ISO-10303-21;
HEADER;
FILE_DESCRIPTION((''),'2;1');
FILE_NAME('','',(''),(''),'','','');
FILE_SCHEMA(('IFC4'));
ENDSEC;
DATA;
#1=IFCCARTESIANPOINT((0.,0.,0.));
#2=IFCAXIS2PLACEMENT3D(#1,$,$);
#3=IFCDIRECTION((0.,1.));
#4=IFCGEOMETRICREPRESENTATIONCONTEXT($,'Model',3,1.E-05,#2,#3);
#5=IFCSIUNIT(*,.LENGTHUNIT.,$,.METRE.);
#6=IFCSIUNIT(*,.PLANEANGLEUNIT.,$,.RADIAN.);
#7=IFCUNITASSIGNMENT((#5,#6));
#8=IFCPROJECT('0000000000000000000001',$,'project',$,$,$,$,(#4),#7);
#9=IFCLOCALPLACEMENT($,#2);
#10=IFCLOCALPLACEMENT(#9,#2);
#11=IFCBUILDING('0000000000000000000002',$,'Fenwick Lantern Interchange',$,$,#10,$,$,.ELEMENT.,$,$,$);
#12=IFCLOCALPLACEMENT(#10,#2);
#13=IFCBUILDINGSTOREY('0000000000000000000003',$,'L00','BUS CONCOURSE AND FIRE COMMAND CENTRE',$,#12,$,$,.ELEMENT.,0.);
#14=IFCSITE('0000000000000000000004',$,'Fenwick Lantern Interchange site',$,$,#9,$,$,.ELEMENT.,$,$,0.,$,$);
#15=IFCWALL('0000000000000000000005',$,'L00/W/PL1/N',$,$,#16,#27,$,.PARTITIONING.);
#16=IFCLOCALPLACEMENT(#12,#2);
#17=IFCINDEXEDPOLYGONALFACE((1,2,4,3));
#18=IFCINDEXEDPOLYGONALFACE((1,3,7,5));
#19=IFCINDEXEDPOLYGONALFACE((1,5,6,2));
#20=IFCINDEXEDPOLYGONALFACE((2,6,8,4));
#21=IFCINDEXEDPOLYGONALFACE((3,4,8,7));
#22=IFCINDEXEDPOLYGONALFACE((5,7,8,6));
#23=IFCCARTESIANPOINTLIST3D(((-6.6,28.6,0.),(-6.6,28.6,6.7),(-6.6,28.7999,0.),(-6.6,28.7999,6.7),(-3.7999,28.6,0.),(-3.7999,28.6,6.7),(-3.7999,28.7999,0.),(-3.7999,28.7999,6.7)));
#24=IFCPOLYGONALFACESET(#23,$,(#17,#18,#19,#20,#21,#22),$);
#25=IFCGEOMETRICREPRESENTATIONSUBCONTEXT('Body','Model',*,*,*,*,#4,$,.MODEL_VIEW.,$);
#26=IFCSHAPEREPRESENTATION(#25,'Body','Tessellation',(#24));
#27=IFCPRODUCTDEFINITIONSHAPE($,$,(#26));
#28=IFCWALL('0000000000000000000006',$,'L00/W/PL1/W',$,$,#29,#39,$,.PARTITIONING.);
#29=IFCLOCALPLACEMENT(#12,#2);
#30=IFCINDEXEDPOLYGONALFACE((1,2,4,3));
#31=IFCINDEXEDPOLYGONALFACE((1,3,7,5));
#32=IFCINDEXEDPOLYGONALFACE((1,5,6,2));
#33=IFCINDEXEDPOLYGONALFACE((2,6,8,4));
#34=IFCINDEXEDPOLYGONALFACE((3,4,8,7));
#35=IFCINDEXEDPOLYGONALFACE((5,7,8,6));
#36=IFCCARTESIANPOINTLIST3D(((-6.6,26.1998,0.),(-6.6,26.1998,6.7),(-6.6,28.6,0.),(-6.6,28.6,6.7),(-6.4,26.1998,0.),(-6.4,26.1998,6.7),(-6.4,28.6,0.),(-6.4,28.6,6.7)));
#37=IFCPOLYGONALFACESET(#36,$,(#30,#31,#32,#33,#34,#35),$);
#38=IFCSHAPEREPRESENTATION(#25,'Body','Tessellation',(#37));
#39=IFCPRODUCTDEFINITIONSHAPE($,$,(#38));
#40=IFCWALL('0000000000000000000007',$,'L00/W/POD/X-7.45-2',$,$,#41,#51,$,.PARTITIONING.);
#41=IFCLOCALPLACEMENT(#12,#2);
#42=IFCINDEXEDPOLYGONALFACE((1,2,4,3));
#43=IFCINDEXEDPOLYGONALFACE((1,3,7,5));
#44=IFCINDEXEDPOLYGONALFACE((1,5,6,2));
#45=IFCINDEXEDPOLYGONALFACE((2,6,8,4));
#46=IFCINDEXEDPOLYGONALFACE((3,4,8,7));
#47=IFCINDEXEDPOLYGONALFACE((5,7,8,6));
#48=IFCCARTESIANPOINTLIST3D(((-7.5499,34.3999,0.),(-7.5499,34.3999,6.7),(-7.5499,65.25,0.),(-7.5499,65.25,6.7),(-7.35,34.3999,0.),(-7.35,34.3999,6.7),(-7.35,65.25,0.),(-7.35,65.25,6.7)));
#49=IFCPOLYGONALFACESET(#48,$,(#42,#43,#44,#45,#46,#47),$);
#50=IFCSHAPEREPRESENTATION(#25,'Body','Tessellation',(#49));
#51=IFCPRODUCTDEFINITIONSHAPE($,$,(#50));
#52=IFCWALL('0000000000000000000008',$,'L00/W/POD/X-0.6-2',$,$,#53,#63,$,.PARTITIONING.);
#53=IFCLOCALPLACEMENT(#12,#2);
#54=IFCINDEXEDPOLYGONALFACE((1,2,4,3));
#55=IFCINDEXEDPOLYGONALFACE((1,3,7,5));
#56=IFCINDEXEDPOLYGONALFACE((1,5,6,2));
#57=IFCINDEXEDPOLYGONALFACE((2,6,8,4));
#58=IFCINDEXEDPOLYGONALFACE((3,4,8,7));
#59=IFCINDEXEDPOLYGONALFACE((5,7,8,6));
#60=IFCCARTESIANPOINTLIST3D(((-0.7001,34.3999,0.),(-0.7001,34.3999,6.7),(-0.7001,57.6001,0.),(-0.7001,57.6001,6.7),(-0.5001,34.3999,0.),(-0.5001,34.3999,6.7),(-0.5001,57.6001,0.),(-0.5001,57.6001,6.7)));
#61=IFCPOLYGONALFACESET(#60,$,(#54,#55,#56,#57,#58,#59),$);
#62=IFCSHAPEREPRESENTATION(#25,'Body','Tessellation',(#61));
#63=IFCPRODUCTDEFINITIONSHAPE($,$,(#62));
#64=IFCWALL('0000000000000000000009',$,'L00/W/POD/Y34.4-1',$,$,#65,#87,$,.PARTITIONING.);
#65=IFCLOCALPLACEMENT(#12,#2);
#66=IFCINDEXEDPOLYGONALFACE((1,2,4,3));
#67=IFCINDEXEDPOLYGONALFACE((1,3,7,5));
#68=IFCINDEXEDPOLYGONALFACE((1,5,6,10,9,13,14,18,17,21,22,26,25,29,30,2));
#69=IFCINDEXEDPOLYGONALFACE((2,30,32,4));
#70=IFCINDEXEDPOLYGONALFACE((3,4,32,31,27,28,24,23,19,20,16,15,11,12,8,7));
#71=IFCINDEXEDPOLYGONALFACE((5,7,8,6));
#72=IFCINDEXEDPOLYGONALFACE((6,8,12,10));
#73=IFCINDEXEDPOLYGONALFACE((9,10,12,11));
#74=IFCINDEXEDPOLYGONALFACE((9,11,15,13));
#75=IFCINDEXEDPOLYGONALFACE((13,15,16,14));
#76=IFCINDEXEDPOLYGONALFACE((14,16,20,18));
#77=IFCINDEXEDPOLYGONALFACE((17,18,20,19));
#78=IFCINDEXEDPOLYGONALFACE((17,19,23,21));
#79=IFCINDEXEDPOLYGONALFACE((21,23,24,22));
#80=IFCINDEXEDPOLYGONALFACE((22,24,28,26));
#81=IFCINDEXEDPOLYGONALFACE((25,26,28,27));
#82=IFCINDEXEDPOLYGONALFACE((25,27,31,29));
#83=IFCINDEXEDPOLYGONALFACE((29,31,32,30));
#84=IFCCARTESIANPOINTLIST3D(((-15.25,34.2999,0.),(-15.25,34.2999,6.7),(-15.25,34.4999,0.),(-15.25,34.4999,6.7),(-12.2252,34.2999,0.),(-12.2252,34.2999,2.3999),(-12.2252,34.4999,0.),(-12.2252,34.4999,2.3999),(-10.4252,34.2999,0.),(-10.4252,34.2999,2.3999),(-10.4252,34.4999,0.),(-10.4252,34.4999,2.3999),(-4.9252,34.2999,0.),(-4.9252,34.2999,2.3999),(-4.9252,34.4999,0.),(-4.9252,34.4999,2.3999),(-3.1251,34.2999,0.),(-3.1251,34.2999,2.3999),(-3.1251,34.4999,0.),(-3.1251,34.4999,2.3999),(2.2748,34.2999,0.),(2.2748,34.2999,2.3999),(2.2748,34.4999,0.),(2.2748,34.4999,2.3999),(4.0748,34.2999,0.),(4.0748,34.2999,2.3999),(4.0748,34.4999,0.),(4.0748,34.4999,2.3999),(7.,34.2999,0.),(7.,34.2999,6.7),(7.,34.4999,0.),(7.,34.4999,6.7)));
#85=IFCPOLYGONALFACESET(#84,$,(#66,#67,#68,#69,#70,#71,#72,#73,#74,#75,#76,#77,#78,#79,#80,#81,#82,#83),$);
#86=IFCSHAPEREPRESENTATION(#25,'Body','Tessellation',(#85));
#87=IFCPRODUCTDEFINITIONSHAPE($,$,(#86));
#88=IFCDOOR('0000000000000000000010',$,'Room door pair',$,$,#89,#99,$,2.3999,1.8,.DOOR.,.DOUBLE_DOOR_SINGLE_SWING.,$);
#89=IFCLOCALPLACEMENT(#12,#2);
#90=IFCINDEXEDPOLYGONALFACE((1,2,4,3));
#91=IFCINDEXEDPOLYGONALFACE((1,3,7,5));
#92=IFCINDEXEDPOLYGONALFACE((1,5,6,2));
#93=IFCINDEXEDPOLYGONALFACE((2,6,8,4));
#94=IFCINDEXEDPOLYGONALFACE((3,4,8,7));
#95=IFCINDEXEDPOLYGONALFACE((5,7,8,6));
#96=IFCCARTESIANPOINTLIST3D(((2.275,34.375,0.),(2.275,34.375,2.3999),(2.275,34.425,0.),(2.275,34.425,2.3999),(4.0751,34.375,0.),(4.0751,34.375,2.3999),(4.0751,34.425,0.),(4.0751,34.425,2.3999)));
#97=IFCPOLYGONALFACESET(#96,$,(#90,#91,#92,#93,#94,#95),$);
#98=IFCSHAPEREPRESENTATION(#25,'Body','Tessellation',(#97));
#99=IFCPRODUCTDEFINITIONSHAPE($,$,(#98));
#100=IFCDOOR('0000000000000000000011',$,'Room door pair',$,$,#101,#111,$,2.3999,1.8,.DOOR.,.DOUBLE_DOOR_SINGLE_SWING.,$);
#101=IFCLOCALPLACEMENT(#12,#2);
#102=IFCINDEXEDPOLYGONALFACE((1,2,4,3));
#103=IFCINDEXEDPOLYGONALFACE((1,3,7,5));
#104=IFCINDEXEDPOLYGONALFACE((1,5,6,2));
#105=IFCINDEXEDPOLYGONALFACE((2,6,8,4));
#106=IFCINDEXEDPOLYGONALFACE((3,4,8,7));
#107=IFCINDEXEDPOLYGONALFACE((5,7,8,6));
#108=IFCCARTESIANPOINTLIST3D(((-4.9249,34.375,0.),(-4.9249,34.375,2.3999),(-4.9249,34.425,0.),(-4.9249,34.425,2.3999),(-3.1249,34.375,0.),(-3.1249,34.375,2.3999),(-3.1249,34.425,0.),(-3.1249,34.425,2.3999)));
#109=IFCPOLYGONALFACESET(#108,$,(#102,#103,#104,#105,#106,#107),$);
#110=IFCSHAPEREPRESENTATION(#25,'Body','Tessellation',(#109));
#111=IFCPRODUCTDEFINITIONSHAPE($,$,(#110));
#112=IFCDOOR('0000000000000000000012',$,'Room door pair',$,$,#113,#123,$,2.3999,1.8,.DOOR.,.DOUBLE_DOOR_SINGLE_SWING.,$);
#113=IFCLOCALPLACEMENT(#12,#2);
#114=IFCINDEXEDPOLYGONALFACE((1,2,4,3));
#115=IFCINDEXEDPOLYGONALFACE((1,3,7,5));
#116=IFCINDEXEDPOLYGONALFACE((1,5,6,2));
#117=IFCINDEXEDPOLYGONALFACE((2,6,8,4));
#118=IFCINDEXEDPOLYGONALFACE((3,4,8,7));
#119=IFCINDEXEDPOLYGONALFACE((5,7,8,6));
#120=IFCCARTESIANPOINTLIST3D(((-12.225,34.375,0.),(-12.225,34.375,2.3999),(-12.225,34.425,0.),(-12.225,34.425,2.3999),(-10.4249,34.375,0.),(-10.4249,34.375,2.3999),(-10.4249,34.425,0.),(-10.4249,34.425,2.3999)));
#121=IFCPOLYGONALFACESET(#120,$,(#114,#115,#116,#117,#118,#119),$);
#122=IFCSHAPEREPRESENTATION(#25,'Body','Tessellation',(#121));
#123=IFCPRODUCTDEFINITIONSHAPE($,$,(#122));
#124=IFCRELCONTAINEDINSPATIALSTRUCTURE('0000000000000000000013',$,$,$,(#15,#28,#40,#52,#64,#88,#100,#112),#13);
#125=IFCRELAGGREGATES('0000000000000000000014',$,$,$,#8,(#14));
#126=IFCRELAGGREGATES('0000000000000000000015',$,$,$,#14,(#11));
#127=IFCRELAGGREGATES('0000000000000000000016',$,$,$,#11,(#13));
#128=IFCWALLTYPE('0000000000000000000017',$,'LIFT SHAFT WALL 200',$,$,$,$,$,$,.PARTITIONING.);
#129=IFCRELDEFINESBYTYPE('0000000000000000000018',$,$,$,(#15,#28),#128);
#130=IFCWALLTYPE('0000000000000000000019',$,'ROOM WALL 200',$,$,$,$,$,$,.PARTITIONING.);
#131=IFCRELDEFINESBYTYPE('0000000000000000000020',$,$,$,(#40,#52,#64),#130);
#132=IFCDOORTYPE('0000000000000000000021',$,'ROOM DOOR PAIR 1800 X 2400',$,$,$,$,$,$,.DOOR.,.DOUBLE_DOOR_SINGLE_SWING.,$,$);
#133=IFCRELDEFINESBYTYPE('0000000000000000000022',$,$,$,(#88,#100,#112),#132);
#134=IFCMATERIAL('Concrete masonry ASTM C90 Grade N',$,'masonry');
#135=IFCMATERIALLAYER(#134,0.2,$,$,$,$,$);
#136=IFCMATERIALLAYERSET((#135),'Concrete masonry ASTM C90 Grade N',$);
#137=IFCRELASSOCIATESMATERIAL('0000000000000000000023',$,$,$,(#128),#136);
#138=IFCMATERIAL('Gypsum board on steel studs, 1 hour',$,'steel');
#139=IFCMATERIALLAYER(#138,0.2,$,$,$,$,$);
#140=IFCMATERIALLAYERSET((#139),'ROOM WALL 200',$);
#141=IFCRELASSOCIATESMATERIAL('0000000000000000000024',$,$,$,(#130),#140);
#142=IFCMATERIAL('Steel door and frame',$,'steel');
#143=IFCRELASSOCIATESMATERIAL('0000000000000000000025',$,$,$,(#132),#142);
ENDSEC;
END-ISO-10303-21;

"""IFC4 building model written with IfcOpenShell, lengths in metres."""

from ifc_helpers import new_model, si_unit, direction, frame, frame_2d, origin, place, context, subcontext, project, spatial, rectangle, extrude, material, layer, layer_set, type_object, element, fill, save


model = new_model("IFC4")

# Units and contexts
model_context = context("Model", 3, precision=1e-05, world=origin(), true_north=direction((0.0, 1.0)))
body_context = subcontext(model_context, "Body", "Model", "MODEL_VIEW")
ifc_project = project(units=[si_unit("LENGTHUNIT", "METRE"), si_unit("PLANEANGLEUNIT", "RADIAN")], contexts=[model_context])

# Site, building, storey
site_placement = place(None, origin())
site = spatial("IfcSite", under=ifc_project, at=site_placement, Name="Fenwick Lantern Interchange site", CompositionType="ELEMENT", RefElevation=0.0)
building_placement = place(site_placement, origin())
building = spatial("IfcBuilding", under=site, at=building_placement, Name="Fenwick Lantern Interchange", CompositionType="ELEMENT")
storey_placement = place(building_placement, origin())
storey = spatial("IfcBuildingStorey", under=building, at=storey_placement, Name="L00", Description="BUS CONCOURSE AND FIRE COMMAND CENTRE", CompositionType="ELEMENT", Elevation=0.0)

# Shared definitions
ifc_material_1 = material(Name="Concrete masonry ASTM C90 Grade N", Category="masonry")
ifc_layer_1 = layer(ifc_material_1, 0.2)
ifc_layer_set_1 = layer_set([ifc_layer_1], Name="Concrete masonry ASTM C90 Grade N")
wall_type_1 = type_object("IfcWallType", Name="LIFT SHAFT WALL 200", PredefinedType="PARTITIONING", material=ifc_layer_set_1)

# Shared definitions
ifc_material_2 = material(Name="Steel door and frame", Category="steel")

# Walls
wall_1_placement = place(storey_placement, frame((-3.8, 28.7, 0.0), z_axis=(0.0, 0.0, 1.0), x_axis=(-1.0, 0.0, 0.0)))
element("IfcWall", 1, at=wall_1_placement, inside=storey, type_object=wall_type_1, Name="L00/W/PL1/N", PredefinedType="PARTITIONING", context=body_context, shape_type="SweptSolid", body=[
    extrude(rectangle(XDim=2.8, YDim=0.2, at=frame_2d((1.3999, 0.0))), origin(), (0.0, 0.0, 1.0), 6.7),
])
wall_2_placement = place(storey_placement, frame((-6.5, 28.6001, 0.0), z_axis=(0.0, 0.0, 1.0), x_axis=(0.0, -1.0, 0.0)))
element("IfcWall", 2, at=wall_2_placement, inside=storey, type_object=wall_type_1, Name="L00/W/PL1/W", PredefinedType="PARTITIONING", context=body_context, shape_type="SweptSolid", body=[
    extrude(rectangle(XDim=2.4001, YDim=0.2, at=frame_2d((1.2002, 0.0))), origin(), (0.0, 0.0, 1.0), 6.7),
])
ifc_material_3 = material(Name="Gypsum board on steel studs, 1 hour", Category="steel")
ifc_layer_2 = layer(ifc_material_3, 0.2)
ifc_layer_set_2 = layer_set([ifc_layer_2], Name="ROOM WALL 200")
wall_type_2 = type_object("IfcWallType", Name="ROOM WALL 200", PredefinedType="PARTITIONING", material=ifc_layer_set_2)
wall_3_placement = place(storey_placement, frame((-7.45, 34.3999, 0.0), z_axis=(0.0, 0.0, 1.0), x_axis=(0.0, 1.0, 0.0)))
element("IfcWall", 3, at=wall_3_placement, inside=storey, type_object=wall_type_2, Name="L00/W/POD/X-7.45-2", PredefinedType="PARTITIONING", context=body_context, shape_type="SweptSolid", body=[
    extrude(rectangle(XDim=30.8501, YDim=0.2, at=frame_2d((15.425, 0.0))), origin(), (0.0, 0.0, 1.0), 6.7),
])
wall_4_placement = place(storey_placement, frame((-0.6001, 34.3999, 0.0), z_axis=(0.0, 0.0, 1.0), x_axis=(0.0, 1.0, 0.0)))
element("IfcWall", 4, at=wall_4_placement, inside=storey, type_object=wall_type_2, Name="L00/W/POD/X-0.6-2", PredefinedType="PARTITIONING", context=body_context, shape_type="SweptSolid", body=[
    extrude(rectangle(XDim=23.2002, YDim=0.2, at=frame_2d((11.6001, 0.0))), origin(), (0.0, 0.0, 1.0), 6.7),
])

# Wall, openings, doors
wall_5_placement = place(storey_placement, frame((-15.25, 34.3999, 0.0), z_axis=(0.0, 0.0, 1.0), x_axis=(1.0, 0.0, 0.0)))
wall_5 = element("IfcWall", 5, at=wall_5_placement, inside=storey, type_object=wall_type_2, Name="L00/W/POD/Y34.4-1", PredefinedType="PARTITIONING", context=body_context, shape_type="SweptSolid", body=[
    extrude(rectangle(XDim=22.25, YDim=0.2, at=frame_2d((11.125, 0.0))), origin(), (0.0, 0.0, 1.0), 6.7),
])
opening_1_placement = place(wall_5_placement, frame((17.5249, 0.0, 0.0)))
opening_1 = element("IfcOpeningElement", 6, at=opening_1_placement, cuts=wall_5, PredefinedType="OPENING", context=body_context, shape_type="SweptSolid", body=[
    extrude(rectangle(XDim=1.8, YDim=2.3999, at=frame_2d((0.8999, 1.2))), frame((0.0, 0.1099, 0.0), z_axis=(0.0, -1.0, 0.0), x_axis=(1.0, 0.0, 0.0)), (0.0, 0.0, 1.0), 0.22),
])
opening_2_placement = place(wall_5_placement, frame((10.325, 0.0, 0.0)))
opening_2 = element("IfcOpeningElement", 7, at=opening_2_placement, cuts=wall_5, PredefinedType="OPENING", context=body_context, shape_type="SweptSolid", body=[
    extrude(rectangle(XDim=1.8, YDim=2.3999, at=frame_2d((0.8999, 1.2))), frame((0.0, 0.1099, 0.0), z_axis=(0.0, -1.0, 0.0), x_axis=(1.0, 0.0, 0.0)), (0.0, 0.0, 1.0), 0.22),
])
opening_3_placement = place(wall_5_placement, frame((3.0249, 0.0, 0.0)))
opening_3 = element("IfcOpeningElement", 8, at=opening_3_placement, cuts=wall_5, PredefinedType="OPENING", context=body_context, shape_type="SweptSolid", body=[
    extrude(rectangle(XDim=1.8, YDim=2.3999, at=frame_2d((0.8999, 1.2))), frame((0.0, 0.1099, 0.0), z_axis=(0.0, -1.0, 0.0), x_axis=(1.0, 0.0, 0.0)), (0.0, 0.0, 1.0), 0.22),
])
door_type_1 = type_object("IfcDoorType", Name="ROOM DOOR PAIR 1800 X 2400", OperationType="DOUBLE_DOOR_SINGLE_SWING", PredefinedType="DOOR", material=ifc_material_2)
door_1_placement = place(opening_1_placement, frame((1.8, 0.0, 0.0), z_axis=(0.0, 0.0, 1.0), x_axis=(-1.0, 0.0, 0.0)))
door_1 = element("IfcDoor", 9, at=door_1_placement, inside=storey, type_object=door_type_1, Name="Room door pair", OperationType="DOUBLE_DOOR_SINGLE_SWING", OverallHeight=2.3999, OverallWidth=1.8, PredefinedType="DOOR", context=body_context, shape_type="SweptSolid", body=[
    extrude(rectangle(XDim=1.8, YDim=2.3999, at=frame_2d((0.8999, 1.2))), frame((0.0, 0.0249, 0.0), z_axis=(0.0, -1.0, 0.0), x_axis=(1.0, 0.0, 0.0)), (0.0, 0.0, 1.0), 0.05),
])
fill(opening_1, door_1)
door_2_placement = place(opening_2_placement, frame((1.8, 0.0, 0.0), z_axis=(0.0, 0.0, 1.0), x_axis=(-1.0, 0.0, 0.0)))
door_2 = element("IfcDoor", 10, at=door_2_placement, inside=storey, type_object=door_type_1, Name="Room door pair", OperationType="DOUBLE_DOOR_SINGLE_SWING", OverallHeight=2.3999, OverallWidth=1.8, PredefinedType="DOOR", context=body_context, shape_type="SweptSolid", body=[
    extrude(rectangle(XDim=1.8, YDim=2.3999, at=frame_2d((0.8999, 1.2))), frame((0.0, 0.0249, 0.0), z_axis=(0.0, -1.0, 0.0), x_axis=(1.0, 0.0, 0.0)), (0.0, 0.0, 1.0), 0.05),
])
fill(opening_2, door_2)
door_3_placement = place(opening_3_placement, frame((1.8, 0.0, 0.0), z_axis=(0.0, 0.0, 1.0), x_axis=(-1.0, 0.0, 0.0)))
door_3 = element("IfcDoor", 11, at=door_3_placement, inside=storey, type_object=door_type_1, Name="Room door pair", OperationType="DOUBLE_DOOR_SINGLE_SWING", OverallHeight=2.3999, OverallWidth=1.8, PredefinedType="DOOR", context=body_context, shape_type="SweptSolid", body=[
    extrude(rectangle(XDim=1.8, YDim=2.3999, at=frame_2d((0.8999, 1.2))), frame((0.0, 0.0249, 0.0), z_axis=(0.0, -1.0, 0.0), x_axis=(1.0, 0.0, 0.0)), (0.0, 0.0, 1.0), 0.05),
])
fill(opening_3, door_3)

save(model, "model.ifc")
